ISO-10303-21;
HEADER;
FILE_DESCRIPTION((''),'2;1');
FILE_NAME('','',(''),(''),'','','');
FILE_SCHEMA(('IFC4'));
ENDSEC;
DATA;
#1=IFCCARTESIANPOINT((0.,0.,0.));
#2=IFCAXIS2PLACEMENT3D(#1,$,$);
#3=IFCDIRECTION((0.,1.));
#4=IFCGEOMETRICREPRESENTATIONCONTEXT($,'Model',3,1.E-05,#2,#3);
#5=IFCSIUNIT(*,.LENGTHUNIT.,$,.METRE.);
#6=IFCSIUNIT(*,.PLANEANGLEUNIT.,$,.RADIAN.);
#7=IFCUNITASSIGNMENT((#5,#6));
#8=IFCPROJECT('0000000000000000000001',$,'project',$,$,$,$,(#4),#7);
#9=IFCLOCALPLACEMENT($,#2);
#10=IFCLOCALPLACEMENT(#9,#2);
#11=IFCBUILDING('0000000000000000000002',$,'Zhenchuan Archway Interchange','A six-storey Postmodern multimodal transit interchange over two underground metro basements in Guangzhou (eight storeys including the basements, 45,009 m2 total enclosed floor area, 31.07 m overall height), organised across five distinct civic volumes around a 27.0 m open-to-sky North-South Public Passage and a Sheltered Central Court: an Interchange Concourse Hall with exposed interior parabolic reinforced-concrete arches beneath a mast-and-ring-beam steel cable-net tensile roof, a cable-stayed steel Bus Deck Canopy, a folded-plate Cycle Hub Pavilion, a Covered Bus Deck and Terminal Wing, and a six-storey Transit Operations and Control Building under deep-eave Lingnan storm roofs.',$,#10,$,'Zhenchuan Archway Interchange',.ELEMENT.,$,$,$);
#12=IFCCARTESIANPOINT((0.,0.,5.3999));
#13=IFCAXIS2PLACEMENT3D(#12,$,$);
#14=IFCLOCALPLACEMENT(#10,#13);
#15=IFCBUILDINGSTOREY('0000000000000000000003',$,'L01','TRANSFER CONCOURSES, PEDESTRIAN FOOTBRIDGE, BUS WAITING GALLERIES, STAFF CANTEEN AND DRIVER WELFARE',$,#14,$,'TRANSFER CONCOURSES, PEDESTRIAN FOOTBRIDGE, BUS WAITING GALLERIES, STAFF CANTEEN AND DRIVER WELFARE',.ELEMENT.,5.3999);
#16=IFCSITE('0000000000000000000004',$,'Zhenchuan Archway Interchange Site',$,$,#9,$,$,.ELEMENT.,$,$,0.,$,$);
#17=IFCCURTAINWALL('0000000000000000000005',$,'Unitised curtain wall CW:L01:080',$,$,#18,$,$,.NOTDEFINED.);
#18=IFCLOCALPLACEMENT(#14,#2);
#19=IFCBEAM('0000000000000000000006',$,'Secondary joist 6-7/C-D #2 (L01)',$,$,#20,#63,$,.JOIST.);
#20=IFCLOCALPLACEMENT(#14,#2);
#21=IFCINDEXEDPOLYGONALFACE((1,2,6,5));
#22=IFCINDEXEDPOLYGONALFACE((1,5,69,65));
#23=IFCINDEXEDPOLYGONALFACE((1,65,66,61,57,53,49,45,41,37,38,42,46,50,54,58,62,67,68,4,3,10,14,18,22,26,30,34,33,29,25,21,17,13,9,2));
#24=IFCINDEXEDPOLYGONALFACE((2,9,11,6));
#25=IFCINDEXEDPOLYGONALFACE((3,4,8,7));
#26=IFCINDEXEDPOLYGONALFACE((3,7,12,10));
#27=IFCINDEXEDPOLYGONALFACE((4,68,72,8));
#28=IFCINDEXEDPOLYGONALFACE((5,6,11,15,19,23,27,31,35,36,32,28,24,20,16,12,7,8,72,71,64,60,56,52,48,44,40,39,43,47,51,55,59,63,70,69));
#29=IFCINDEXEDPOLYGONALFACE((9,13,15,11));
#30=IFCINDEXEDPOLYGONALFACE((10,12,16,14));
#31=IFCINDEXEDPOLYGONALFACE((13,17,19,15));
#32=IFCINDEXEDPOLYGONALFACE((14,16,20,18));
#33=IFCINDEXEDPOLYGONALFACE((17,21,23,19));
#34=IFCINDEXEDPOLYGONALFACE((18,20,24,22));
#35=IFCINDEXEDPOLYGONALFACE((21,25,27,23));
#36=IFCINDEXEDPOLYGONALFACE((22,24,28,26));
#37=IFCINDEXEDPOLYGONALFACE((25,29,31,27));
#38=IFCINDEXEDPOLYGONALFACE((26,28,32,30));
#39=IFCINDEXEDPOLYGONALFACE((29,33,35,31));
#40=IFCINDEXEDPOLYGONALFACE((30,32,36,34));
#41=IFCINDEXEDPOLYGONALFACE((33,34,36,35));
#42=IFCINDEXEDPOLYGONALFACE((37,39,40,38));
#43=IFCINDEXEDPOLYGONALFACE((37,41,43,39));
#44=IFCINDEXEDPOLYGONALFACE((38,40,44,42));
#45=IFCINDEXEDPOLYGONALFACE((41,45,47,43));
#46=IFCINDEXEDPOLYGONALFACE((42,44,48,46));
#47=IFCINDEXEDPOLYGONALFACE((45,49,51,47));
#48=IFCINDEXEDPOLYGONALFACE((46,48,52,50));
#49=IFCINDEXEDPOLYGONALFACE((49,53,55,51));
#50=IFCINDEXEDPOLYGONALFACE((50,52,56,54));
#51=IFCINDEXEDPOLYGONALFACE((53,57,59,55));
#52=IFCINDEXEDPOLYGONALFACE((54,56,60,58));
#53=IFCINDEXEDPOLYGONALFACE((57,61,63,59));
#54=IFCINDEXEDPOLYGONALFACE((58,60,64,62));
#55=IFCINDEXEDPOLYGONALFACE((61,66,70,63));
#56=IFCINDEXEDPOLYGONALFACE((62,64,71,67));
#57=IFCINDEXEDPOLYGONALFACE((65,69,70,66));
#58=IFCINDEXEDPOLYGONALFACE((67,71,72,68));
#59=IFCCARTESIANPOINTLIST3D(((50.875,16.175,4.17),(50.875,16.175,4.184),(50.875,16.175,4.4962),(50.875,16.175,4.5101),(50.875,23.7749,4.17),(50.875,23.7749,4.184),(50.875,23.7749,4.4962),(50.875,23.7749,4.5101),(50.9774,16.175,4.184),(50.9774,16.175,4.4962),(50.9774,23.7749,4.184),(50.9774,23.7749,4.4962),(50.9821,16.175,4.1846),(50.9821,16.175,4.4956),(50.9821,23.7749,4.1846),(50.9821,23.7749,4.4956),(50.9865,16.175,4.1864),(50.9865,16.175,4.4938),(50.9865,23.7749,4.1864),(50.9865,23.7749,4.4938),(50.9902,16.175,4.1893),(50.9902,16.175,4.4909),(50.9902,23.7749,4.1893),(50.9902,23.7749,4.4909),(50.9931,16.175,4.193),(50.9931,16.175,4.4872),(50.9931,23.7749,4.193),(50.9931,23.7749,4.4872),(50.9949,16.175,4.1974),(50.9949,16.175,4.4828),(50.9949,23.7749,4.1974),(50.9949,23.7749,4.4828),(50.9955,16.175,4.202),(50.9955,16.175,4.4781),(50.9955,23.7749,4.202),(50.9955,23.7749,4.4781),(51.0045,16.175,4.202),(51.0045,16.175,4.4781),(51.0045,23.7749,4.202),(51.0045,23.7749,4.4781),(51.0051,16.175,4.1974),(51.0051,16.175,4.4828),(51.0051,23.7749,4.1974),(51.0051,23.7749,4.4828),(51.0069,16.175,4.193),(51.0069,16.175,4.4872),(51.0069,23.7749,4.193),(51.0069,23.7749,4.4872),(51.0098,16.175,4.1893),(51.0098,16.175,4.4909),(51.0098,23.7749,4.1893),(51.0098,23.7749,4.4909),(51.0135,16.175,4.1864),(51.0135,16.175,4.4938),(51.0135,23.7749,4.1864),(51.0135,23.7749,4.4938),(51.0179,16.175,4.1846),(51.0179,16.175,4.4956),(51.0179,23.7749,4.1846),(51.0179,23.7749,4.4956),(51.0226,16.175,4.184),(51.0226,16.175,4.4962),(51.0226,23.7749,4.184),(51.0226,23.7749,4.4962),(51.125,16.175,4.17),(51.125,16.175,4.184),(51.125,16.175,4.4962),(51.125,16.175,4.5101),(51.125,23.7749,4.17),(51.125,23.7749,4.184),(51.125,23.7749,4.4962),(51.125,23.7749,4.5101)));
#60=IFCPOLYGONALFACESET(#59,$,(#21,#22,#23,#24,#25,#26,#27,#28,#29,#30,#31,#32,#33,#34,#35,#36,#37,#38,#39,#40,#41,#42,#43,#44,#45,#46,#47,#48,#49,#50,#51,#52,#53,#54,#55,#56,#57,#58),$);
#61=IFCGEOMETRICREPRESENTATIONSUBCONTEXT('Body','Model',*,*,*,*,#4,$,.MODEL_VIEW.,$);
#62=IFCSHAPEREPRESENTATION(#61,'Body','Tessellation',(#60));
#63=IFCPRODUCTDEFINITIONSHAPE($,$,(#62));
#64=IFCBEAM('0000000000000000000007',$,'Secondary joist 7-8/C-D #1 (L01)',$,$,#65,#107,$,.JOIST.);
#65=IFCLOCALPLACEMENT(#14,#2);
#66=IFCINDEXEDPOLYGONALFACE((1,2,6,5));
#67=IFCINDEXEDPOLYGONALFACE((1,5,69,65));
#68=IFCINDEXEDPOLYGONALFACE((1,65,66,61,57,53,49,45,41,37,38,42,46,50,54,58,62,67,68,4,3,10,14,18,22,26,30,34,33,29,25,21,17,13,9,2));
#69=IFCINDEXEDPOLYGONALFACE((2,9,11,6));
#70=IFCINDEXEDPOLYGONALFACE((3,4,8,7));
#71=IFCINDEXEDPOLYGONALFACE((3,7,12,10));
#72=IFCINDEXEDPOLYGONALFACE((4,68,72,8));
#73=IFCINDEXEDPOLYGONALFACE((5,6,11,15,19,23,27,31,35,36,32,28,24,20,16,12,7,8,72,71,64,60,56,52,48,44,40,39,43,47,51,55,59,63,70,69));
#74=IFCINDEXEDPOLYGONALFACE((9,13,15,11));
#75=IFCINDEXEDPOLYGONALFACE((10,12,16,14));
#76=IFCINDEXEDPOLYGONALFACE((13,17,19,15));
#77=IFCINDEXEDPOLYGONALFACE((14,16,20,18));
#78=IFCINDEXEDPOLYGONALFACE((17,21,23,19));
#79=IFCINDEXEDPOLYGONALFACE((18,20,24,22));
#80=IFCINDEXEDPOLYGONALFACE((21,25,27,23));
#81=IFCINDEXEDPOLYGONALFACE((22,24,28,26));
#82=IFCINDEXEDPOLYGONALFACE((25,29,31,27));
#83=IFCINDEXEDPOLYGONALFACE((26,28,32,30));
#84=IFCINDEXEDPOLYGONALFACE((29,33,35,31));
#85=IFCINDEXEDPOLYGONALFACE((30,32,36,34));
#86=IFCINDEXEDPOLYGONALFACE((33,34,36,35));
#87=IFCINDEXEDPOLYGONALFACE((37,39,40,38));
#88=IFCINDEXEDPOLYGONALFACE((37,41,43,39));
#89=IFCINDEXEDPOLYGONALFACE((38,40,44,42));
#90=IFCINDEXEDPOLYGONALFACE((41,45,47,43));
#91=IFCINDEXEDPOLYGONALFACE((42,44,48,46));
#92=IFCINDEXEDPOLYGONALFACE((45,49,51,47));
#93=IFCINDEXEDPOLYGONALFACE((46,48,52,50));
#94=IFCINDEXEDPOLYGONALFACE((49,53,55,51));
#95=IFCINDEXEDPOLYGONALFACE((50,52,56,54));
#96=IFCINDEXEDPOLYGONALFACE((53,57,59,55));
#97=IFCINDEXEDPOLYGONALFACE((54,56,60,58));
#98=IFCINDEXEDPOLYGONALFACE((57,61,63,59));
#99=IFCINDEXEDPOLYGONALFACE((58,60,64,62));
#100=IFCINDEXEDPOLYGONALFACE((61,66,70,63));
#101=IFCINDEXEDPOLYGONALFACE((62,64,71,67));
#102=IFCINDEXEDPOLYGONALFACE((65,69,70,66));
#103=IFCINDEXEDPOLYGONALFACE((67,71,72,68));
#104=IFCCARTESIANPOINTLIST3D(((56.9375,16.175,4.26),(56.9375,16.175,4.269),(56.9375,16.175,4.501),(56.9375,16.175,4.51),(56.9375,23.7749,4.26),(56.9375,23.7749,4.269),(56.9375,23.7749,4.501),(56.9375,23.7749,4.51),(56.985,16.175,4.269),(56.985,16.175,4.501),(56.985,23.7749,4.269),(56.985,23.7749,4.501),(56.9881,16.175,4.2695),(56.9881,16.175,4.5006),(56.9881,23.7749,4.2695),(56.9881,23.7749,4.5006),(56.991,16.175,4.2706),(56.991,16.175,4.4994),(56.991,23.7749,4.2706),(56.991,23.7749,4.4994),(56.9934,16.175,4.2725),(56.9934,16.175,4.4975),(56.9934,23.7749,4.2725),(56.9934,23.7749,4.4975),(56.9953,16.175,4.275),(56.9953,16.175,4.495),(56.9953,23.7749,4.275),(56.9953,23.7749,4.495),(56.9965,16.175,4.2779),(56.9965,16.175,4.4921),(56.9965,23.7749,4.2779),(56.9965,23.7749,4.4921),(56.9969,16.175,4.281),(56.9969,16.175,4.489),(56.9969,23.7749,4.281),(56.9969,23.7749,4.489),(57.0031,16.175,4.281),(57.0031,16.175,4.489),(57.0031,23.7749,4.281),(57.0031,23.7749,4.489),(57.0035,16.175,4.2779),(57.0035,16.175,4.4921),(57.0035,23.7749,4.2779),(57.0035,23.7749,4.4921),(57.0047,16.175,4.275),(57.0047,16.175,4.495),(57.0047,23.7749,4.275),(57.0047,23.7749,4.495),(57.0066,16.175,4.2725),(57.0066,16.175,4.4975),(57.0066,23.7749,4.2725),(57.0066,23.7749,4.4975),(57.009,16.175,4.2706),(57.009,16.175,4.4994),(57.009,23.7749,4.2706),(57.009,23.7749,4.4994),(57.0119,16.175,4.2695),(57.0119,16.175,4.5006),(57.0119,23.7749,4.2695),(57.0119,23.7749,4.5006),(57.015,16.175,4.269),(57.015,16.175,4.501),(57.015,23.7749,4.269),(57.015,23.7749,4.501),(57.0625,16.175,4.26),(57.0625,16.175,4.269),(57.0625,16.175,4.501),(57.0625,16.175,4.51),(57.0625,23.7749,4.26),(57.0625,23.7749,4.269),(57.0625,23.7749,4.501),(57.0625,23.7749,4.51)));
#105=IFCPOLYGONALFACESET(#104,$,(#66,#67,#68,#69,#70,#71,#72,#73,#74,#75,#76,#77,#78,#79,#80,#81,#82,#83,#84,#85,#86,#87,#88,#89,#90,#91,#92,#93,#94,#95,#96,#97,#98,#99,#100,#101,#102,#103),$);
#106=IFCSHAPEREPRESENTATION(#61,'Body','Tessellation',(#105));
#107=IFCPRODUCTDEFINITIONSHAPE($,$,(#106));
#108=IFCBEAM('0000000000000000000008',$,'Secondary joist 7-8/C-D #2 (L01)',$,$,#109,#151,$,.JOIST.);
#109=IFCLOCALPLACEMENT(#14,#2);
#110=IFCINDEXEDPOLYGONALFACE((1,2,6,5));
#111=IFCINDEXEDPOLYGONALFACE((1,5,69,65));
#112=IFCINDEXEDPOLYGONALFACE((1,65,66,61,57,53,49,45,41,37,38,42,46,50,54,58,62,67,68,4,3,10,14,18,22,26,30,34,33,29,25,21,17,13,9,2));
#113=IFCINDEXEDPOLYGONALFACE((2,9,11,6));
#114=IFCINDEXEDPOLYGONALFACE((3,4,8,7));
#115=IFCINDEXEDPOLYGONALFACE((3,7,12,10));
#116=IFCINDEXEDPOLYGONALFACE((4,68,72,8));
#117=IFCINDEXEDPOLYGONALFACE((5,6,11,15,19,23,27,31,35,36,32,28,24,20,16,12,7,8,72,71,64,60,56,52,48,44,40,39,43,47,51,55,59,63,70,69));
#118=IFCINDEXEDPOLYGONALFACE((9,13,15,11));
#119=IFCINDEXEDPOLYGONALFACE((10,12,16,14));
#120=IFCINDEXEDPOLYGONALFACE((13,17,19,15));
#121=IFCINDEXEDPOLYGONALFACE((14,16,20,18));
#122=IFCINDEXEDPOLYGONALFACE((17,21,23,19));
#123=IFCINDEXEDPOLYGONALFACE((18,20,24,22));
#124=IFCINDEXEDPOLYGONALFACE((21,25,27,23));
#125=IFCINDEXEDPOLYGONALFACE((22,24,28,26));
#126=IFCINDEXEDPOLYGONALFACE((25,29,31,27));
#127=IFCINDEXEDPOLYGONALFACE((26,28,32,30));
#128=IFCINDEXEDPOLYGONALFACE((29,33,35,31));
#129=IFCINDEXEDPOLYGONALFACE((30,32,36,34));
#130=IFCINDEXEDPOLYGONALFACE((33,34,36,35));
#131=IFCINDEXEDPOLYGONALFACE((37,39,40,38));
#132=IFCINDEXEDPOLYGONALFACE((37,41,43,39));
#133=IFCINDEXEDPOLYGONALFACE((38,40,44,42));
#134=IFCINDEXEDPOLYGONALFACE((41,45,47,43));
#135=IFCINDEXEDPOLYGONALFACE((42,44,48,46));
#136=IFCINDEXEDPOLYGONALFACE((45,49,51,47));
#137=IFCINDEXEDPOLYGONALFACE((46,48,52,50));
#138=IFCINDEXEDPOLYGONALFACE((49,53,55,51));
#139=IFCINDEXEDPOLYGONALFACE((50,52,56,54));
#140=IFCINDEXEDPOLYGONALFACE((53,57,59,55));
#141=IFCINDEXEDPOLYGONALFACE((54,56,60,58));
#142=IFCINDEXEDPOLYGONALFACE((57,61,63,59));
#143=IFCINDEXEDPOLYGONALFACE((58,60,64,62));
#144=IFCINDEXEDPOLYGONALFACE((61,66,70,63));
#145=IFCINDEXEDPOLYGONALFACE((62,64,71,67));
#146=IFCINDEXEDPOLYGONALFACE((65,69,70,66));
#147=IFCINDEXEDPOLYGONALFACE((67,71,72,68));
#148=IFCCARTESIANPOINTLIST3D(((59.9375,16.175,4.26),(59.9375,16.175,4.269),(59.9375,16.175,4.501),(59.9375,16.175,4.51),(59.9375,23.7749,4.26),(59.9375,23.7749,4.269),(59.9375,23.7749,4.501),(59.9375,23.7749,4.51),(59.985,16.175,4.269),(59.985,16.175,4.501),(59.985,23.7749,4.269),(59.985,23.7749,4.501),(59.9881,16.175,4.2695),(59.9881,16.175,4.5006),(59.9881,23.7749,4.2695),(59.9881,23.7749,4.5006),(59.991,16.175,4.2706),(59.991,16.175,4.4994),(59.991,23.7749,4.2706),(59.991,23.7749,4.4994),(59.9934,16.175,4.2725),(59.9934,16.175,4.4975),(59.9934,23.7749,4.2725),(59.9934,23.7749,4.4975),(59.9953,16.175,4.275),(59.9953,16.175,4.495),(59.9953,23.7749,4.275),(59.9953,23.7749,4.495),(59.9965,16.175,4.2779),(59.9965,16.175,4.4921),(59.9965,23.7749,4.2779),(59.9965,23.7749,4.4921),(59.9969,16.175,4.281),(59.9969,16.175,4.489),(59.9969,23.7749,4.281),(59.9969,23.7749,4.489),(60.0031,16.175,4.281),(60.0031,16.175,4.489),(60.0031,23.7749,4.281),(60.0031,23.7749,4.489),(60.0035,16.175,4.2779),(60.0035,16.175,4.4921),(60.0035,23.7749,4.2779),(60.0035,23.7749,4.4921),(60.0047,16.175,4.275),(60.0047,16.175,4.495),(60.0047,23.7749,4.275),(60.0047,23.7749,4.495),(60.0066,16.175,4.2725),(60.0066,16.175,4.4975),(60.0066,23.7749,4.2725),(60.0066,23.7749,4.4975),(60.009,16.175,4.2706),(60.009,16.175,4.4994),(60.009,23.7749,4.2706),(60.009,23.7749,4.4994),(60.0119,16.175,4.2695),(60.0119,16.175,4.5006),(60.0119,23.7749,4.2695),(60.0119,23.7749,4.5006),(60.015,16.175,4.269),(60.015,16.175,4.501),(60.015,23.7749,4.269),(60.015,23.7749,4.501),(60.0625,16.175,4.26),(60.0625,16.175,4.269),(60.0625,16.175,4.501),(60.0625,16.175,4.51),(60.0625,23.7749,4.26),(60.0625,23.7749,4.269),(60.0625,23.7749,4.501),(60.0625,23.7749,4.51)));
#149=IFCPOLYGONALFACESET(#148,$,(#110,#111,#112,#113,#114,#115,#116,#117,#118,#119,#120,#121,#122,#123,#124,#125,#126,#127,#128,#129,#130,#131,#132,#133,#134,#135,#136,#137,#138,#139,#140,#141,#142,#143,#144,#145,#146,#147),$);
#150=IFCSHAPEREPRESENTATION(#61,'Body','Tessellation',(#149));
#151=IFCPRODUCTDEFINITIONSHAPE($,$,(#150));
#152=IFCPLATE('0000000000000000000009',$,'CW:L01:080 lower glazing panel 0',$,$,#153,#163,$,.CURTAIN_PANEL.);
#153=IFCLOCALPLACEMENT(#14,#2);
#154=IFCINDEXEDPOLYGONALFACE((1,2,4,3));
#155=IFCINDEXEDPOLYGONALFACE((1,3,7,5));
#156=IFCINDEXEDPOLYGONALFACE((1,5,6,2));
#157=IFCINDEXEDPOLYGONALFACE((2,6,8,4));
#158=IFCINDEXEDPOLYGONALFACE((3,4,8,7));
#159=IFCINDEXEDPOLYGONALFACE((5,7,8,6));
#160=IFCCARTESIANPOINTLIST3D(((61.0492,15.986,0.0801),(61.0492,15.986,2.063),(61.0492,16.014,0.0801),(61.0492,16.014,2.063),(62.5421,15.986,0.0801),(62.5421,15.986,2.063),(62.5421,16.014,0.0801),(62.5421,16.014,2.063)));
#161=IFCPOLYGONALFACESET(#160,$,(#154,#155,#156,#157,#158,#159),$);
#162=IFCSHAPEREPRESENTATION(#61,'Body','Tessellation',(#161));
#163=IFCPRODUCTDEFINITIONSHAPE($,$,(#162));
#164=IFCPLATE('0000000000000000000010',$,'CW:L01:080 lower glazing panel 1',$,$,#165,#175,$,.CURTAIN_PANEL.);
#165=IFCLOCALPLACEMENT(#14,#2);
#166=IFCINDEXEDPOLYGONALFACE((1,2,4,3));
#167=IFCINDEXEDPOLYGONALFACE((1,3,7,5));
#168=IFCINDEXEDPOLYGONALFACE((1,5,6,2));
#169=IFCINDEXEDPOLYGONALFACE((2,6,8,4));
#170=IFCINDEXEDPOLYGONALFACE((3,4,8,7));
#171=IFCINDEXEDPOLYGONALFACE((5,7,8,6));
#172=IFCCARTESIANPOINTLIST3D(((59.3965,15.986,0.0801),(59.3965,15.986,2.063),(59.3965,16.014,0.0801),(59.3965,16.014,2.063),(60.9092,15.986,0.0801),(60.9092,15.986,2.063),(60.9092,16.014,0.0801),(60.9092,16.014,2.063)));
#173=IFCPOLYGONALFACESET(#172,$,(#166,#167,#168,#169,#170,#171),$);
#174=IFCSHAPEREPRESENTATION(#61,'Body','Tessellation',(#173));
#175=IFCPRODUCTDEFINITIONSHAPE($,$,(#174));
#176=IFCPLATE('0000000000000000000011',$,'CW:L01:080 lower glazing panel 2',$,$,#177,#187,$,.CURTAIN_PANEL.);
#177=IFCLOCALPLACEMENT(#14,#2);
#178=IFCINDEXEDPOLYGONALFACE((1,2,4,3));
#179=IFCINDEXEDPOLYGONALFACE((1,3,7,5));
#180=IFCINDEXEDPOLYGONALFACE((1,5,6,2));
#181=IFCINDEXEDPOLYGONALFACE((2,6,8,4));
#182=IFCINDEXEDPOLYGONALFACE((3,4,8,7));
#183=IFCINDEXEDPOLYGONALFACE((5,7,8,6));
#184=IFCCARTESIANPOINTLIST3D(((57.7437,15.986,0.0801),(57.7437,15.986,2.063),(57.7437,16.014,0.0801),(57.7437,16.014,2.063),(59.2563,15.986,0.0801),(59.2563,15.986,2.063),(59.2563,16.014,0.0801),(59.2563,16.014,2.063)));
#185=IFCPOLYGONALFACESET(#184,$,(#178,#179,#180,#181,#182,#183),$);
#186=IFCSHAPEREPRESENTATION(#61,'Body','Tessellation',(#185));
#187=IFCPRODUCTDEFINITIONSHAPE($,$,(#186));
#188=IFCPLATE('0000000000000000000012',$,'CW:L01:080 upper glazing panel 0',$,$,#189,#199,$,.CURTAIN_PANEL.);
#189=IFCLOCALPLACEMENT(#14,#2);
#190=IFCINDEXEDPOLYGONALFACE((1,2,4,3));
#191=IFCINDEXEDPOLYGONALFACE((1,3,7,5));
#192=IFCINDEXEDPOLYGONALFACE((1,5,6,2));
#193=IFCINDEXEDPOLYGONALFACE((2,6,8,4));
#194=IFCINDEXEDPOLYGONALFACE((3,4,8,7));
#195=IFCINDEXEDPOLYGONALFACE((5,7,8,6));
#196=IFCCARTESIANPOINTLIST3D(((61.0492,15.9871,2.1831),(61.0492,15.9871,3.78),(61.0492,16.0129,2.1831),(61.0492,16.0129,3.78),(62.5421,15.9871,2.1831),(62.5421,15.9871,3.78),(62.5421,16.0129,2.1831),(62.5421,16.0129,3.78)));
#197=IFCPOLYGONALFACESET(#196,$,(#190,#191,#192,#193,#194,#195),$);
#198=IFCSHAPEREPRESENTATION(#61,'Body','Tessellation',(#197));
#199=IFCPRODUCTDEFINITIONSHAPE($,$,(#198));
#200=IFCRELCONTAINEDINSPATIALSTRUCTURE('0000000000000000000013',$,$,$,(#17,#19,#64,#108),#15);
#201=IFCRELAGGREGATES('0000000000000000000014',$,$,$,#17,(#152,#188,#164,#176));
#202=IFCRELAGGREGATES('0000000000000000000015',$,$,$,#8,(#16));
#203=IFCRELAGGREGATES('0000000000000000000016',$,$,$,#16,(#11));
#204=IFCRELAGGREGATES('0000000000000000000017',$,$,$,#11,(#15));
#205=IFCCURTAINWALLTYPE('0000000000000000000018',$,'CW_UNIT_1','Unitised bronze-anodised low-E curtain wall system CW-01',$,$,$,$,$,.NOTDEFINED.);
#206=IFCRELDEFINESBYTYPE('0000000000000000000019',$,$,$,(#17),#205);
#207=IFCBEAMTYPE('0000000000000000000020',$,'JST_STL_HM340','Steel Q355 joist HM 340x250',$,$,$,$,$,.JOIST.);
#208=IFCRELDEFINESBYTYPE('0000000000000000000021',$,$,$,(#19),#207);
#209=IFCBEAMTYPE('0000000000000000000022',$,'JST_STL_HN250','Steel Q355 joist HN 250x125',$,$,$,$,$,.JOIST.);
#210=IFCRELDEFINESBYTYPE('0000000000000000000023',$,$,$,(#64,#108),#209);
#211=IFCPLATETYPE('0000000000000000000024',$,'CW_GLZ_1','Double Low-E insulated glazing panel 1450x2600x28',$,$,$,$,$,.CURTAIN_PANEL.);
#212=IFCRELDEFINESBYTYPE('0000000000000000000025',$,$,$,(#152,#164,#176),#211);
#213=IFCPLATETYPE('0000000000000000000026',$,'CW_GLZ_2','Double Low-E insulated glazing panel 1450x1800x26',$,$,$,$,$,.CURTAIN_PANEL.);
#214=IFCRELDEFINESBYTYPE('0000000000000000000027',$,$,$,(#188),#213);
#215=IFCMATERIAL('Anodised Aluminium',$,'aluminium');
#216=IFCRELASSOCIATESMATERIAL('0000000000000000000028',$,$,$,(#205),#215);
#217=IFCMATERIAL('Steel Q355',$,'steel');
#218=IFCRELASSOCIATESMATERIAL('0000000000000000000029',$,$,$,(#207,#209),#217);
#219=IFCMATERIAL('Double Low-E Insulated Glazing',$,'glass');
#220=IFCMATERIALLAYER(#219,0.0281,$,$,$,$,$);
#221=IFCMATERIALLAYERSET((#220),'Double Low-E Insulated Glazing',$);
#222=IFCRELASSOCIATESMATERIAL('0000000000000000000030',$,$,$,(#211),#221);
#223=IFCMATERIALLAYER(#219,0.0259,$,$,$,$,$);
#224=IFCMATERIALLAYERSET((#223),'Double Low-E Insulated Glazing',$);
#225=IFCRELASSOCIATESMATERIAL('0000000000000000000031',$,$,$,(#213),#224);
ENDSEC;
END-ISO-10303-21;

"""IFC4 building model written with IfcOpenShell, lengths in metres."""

from ifc_helpers import new_model, si_unit, direction, frame, origin, origin_2d, place, context, subcontext, project, spatial, rectangle, i_section, extrude, material, layer, layer_set, material_profile, profile_set, type_object, element, aggregate, save


model = new_model("IFC4")

# Units and contexts
model_context = context("Model", 3, precision=1e-05, world=origin(), true_north=direction((0.0, 1.0)))
body_context = subcontext(model_context, "Body", "Model", "MODEL_VIEW")
ifc_project = project(units=[si_unit("LENGTHUNIT", "METRE"), si_unit("PLANEANGLEUNIT", "RADIAN")], contexts=[model_context])

# Site, building, storey
site_placement = place(None, origin())
site = spatial("IfcSite", under=ifc_project, at=site_placement, Name="Zhenchuan Archway Interchange Site", CompositionType="ELEMENT", RefElevation=0.0)
building_placement = place(site_placement, origin())
building = spatial("IfcBuilding", under=site, at=building_placement, Name="Zhenchuan Archway Interchange", Description="A six-storey Postmodern multimodal transit interchange over two underground metro basements in Guangzhou (eight storeys including the basements, 45,009 m2 total enclosed floor area, 31.07 m overall height), organised across five distinct civic volumes around a 27.0 m open-to-sky North-South Public Passage and a Sheltered Central Court: an Interchange Concourse Hall with exposed interior parabolic reinforced-concrete arches beneath a mast-and-ring-beam steel cable-net tensile roof, a cable-stayed steel Bus Deck Canopy, a folded-plate Cycle Hub Pavilion, a Covered Bus Deck and Terminal Wing, and a six-storey Transit Operations and Control Building under deep-eave Lingnan storm roofs.", LongName="Zhenchuan Archway Interchange", CompositionType="ELEMENT")
storey_placement = place(building_placement, frame((0.0, 0.0, 5.3999)))
storey = spatial("IfcBuildingStorey", under=building, at=storey_placement, Name="L01", Description="TRANSFER CONCOURSES, PEDESTRIAN FOOTBRIDGE, BUS WAITING GALLERIES, STAFF CANTEEN AND DRIVER WELFARE", LongName="TRANSFER CONCOURSES, PEDESTRIAN FOOTBRIDGE, BUS WAITING GALLERIES, STAFF CANTEEN AND DRIVER WELFARE", CompositionType="ELEMENT", Elevation=5.3999)

# Curtain wall
ifc_material_1 = material(Name="Anodised Aluminium", Category="aluminium")
curtain_wall_type = type_object("IfcCurtainWallType", Name="CW_UNIT_1", Description="Unitised bronze-anodised low-E curtain wall system CW-01", PredefinedType="NOTDEFINED", material=ifc_material_1)
curtain_wall_placement = place(storey_placement, origin())
curtain_wall = element("IfcCurtainWall", 1, at=curtain_wall_placement, inside=storey, type_object=curtain_wall_type, Name="Unitised curtain wall CW:L01:080", PredefinedType="NOTDEFINED")

# Beams
ifc_material_2 = material(Name="Steel Q355", Category="steel")
ifc_material_profile_1 = material_profile(ifc_material_2, i_section(OverallWidth=0.25, OverallDepth=0.3401, WebThickness=0.009, FlangeThickness=0.0139, FilletRadius=0.0181, at=origin_2d()), Name="HM 340x250")
ifc_profile_set_1 = profile_set([ifc_material_profile_1], Name="Steel Q355")
beam_type_1 = type_object("IfcBeamType", Name="JST_STL_HM340", Description="Steel Q355 joist HM 340x250", PredefinedType="JOIST", material=ifc_profile_set_1)
for number, where, z_axis, x_axis, name in (
    (2, (51.0, 16.175, 4.3401), (0.0, 1.0, 0.0), (-1.0, 0.0, 0.0), "Secondary joist 6-7/C-D #2 (L01)"),
):
    element("IfcBeam", number, at=place(storey_placement, frame(where, z_axis=z_axis, x_axis=x_axis)), inside=storey, type_object=beam_type_1, Name=name, PredefinedType="JOIST", context=body_context, shape_type="SweptSolid", body=[
        extrude(i_section(OverallWidth=0.25, OverallDepth=0.3401, WebThickness=0.009, FlangeThickness=0.0139, FilletRadius=0.0181, at=origin_2d()), origin(), (0.0, 0.0, 1.0), 7.5999),
    ])
ifc_material_profile_2 = material_profile(ifc_material_2, i_section(OverallWidth=0.125, OverallDepth=0.25, WebThickness=0.0061, FlangeThickness=0.009, FilletRadius=0.012, at=origin_2d()), Name="HN 250x125")
ifc_profile_set_2 = profile_set([ifc_material_profile_2], Name="Steel Q355")
beam_type_2 = type_object("IfcBeamType", Name="JST_STL_HN250", Description="Steel Q355 joist HN 250x125", PredefinedType="JOIST", material=ifc_profile_set_2)
for number, where, z_axis, x_axis, name in (
    (3, (57.0, 16.175, 4.385), (0.0, 1.0, 0.0), (-1.0, 0.0, 0.0), "Secondary joist 7-8/C-D #1 (L01)"),
    (4, (60.0, 16.175, 4.385), (0.0, 1.0, 0.0), (-1.0, 0.0, 0.0), "Secondary joist 7-8/C-D #2 (L01)"),
):
    element("IfcBeam", number, at=place(storey_placement, frame(where, z_axis=z_axis, x_axis=x_axis)), inside=storey, type_object=beam_type_2, Name=name, PredefinedType="JOIST", context=body_context, shape_type="SweptSolid", body=[
        extrude(i_section(OverallWidth=0.125, OverallDepth=0.25, WebThickness=0.0061, FlangeThickness=0.009, FilletRadius=0.012, at=origin_2d()), origin(), (0.0, 0.0, 1.0), 7.5999),
    ])

# Plates
ifc_material_3 = material(Name="Double Low-E Insulated Glazing", Category="glass")
ifc_layer_1 = layer(ifc_material_3, 0.0281)
ifc_layer_set_1 = layer_set([ifc_layer_1], Name="Double Low-E Insulated Glazing")
plate_type_1 = type_object("IfcPlateType", Name="CW_GLZ_1", Description="Double Low-E insulated glazing panel 1450x2600x28", PredefinedType="CURTAIN_PANEL", material=ifc_layer_set_1)
plate_1_placement = place(storey_placement, frame((61.7957, 16.0, 0.0801), z_axis=(0.0, 0.0, 1.0), x_axis=(-1.0, 0.0, 0.0)))
plate_1 = element("IfcPlate", 5, at=plate_1_placement, type_object=plate_type_1, Name="CW:L01:080 lower glazing panel 0", PredefinedType="CURTAIN_PANEL", context=body_context, shape_type="SweptSolid", body=[
    extrude(rectangle(XDim=1.4929, YDim=0.0281, at=origin_2d()), origin(), (0.0, 0.0, 1.0), 1.9829),
])
plate_2_placement = place(storey_placement, frame((60.1528, 16.0, 0.0801), z_axis=(0.0, 0.0, 1.0), x_axis=(-1.0, 0.0, 0.0)))
plate_2 = element("IfcPlate", 6, at=plate_2_placement, type_object=plate_type_1, Name="CW:L01:080 lower glazing panel 1", PredefinedType="CURTAIN_PANEL", context=body_context, shape_type="SweptSolid", body=[
    extrude(rectangle(XDim=1.5127, YDim=0.0281, at=origin_2d()), origin(), (0.0, 0.0, 1.0), 1.9829),
])
plate_3_placement = place(storey_placement, frame((58.5, 16.0, 0.0801), z_axis=(0.0, 0.0, 1.0), x_axis=(-1.0, 0.0, 0.0)))
plate_3 = element("IfcPlate", 7, at=plate_3_placement, type_object=plate_type_1, Name="CW:L01:080 lower glazing panel 2", PredefinedType="CURTAIN_PANEL", context=body_context, shape_type="SweptSolid", body=[
    extrude(rectangle(XDim=1.5127, YDim=0.0281, at=origin_2d()), origin(), (0.0, 0.0, 1.0), 1.9829),
])
ifc_layer_2 = layer(ifc_material_3, 0.0259)
ifc_layer_set_2 = layer_set([ifc_layer_2], Name="Double Low-E Insulated Glazing")
plate_type_2 = type_object("IfcPlateType", Name="CW_GLZ_2", Description="Double Low-E insulated glazing panel 1450x1800x26", PredefinedType="CURTAIN_PANEL", material=ifc_layer_set_2)
plate_4_placement = place(storey_placement, frame((61.7957, 16.0, 2.1831), z_axis=(0.0, 0.0, 1.0), x_axis=(-1.0, 0.0, 0.0)))
plate_4 = element("IfcPlate", 8, at=plate_4_placement, type_object=plate_type_2, Name="CW:L01:080 upper glazing panel 0", PredefinedType="CURTAIN_PANEL", context=body_context, shape_type="SweptSolid", body=[
    extrude(rectangle(XDim=1.4929, YDim=0.0259, at=origin_2d()), origin(), (0.0, 0.0, 1.0), 1.5969),
])
aggregate(curtain_wall, [plate_1, plate_4, plate_2, plate_3])

save(model, "model.ifc")
